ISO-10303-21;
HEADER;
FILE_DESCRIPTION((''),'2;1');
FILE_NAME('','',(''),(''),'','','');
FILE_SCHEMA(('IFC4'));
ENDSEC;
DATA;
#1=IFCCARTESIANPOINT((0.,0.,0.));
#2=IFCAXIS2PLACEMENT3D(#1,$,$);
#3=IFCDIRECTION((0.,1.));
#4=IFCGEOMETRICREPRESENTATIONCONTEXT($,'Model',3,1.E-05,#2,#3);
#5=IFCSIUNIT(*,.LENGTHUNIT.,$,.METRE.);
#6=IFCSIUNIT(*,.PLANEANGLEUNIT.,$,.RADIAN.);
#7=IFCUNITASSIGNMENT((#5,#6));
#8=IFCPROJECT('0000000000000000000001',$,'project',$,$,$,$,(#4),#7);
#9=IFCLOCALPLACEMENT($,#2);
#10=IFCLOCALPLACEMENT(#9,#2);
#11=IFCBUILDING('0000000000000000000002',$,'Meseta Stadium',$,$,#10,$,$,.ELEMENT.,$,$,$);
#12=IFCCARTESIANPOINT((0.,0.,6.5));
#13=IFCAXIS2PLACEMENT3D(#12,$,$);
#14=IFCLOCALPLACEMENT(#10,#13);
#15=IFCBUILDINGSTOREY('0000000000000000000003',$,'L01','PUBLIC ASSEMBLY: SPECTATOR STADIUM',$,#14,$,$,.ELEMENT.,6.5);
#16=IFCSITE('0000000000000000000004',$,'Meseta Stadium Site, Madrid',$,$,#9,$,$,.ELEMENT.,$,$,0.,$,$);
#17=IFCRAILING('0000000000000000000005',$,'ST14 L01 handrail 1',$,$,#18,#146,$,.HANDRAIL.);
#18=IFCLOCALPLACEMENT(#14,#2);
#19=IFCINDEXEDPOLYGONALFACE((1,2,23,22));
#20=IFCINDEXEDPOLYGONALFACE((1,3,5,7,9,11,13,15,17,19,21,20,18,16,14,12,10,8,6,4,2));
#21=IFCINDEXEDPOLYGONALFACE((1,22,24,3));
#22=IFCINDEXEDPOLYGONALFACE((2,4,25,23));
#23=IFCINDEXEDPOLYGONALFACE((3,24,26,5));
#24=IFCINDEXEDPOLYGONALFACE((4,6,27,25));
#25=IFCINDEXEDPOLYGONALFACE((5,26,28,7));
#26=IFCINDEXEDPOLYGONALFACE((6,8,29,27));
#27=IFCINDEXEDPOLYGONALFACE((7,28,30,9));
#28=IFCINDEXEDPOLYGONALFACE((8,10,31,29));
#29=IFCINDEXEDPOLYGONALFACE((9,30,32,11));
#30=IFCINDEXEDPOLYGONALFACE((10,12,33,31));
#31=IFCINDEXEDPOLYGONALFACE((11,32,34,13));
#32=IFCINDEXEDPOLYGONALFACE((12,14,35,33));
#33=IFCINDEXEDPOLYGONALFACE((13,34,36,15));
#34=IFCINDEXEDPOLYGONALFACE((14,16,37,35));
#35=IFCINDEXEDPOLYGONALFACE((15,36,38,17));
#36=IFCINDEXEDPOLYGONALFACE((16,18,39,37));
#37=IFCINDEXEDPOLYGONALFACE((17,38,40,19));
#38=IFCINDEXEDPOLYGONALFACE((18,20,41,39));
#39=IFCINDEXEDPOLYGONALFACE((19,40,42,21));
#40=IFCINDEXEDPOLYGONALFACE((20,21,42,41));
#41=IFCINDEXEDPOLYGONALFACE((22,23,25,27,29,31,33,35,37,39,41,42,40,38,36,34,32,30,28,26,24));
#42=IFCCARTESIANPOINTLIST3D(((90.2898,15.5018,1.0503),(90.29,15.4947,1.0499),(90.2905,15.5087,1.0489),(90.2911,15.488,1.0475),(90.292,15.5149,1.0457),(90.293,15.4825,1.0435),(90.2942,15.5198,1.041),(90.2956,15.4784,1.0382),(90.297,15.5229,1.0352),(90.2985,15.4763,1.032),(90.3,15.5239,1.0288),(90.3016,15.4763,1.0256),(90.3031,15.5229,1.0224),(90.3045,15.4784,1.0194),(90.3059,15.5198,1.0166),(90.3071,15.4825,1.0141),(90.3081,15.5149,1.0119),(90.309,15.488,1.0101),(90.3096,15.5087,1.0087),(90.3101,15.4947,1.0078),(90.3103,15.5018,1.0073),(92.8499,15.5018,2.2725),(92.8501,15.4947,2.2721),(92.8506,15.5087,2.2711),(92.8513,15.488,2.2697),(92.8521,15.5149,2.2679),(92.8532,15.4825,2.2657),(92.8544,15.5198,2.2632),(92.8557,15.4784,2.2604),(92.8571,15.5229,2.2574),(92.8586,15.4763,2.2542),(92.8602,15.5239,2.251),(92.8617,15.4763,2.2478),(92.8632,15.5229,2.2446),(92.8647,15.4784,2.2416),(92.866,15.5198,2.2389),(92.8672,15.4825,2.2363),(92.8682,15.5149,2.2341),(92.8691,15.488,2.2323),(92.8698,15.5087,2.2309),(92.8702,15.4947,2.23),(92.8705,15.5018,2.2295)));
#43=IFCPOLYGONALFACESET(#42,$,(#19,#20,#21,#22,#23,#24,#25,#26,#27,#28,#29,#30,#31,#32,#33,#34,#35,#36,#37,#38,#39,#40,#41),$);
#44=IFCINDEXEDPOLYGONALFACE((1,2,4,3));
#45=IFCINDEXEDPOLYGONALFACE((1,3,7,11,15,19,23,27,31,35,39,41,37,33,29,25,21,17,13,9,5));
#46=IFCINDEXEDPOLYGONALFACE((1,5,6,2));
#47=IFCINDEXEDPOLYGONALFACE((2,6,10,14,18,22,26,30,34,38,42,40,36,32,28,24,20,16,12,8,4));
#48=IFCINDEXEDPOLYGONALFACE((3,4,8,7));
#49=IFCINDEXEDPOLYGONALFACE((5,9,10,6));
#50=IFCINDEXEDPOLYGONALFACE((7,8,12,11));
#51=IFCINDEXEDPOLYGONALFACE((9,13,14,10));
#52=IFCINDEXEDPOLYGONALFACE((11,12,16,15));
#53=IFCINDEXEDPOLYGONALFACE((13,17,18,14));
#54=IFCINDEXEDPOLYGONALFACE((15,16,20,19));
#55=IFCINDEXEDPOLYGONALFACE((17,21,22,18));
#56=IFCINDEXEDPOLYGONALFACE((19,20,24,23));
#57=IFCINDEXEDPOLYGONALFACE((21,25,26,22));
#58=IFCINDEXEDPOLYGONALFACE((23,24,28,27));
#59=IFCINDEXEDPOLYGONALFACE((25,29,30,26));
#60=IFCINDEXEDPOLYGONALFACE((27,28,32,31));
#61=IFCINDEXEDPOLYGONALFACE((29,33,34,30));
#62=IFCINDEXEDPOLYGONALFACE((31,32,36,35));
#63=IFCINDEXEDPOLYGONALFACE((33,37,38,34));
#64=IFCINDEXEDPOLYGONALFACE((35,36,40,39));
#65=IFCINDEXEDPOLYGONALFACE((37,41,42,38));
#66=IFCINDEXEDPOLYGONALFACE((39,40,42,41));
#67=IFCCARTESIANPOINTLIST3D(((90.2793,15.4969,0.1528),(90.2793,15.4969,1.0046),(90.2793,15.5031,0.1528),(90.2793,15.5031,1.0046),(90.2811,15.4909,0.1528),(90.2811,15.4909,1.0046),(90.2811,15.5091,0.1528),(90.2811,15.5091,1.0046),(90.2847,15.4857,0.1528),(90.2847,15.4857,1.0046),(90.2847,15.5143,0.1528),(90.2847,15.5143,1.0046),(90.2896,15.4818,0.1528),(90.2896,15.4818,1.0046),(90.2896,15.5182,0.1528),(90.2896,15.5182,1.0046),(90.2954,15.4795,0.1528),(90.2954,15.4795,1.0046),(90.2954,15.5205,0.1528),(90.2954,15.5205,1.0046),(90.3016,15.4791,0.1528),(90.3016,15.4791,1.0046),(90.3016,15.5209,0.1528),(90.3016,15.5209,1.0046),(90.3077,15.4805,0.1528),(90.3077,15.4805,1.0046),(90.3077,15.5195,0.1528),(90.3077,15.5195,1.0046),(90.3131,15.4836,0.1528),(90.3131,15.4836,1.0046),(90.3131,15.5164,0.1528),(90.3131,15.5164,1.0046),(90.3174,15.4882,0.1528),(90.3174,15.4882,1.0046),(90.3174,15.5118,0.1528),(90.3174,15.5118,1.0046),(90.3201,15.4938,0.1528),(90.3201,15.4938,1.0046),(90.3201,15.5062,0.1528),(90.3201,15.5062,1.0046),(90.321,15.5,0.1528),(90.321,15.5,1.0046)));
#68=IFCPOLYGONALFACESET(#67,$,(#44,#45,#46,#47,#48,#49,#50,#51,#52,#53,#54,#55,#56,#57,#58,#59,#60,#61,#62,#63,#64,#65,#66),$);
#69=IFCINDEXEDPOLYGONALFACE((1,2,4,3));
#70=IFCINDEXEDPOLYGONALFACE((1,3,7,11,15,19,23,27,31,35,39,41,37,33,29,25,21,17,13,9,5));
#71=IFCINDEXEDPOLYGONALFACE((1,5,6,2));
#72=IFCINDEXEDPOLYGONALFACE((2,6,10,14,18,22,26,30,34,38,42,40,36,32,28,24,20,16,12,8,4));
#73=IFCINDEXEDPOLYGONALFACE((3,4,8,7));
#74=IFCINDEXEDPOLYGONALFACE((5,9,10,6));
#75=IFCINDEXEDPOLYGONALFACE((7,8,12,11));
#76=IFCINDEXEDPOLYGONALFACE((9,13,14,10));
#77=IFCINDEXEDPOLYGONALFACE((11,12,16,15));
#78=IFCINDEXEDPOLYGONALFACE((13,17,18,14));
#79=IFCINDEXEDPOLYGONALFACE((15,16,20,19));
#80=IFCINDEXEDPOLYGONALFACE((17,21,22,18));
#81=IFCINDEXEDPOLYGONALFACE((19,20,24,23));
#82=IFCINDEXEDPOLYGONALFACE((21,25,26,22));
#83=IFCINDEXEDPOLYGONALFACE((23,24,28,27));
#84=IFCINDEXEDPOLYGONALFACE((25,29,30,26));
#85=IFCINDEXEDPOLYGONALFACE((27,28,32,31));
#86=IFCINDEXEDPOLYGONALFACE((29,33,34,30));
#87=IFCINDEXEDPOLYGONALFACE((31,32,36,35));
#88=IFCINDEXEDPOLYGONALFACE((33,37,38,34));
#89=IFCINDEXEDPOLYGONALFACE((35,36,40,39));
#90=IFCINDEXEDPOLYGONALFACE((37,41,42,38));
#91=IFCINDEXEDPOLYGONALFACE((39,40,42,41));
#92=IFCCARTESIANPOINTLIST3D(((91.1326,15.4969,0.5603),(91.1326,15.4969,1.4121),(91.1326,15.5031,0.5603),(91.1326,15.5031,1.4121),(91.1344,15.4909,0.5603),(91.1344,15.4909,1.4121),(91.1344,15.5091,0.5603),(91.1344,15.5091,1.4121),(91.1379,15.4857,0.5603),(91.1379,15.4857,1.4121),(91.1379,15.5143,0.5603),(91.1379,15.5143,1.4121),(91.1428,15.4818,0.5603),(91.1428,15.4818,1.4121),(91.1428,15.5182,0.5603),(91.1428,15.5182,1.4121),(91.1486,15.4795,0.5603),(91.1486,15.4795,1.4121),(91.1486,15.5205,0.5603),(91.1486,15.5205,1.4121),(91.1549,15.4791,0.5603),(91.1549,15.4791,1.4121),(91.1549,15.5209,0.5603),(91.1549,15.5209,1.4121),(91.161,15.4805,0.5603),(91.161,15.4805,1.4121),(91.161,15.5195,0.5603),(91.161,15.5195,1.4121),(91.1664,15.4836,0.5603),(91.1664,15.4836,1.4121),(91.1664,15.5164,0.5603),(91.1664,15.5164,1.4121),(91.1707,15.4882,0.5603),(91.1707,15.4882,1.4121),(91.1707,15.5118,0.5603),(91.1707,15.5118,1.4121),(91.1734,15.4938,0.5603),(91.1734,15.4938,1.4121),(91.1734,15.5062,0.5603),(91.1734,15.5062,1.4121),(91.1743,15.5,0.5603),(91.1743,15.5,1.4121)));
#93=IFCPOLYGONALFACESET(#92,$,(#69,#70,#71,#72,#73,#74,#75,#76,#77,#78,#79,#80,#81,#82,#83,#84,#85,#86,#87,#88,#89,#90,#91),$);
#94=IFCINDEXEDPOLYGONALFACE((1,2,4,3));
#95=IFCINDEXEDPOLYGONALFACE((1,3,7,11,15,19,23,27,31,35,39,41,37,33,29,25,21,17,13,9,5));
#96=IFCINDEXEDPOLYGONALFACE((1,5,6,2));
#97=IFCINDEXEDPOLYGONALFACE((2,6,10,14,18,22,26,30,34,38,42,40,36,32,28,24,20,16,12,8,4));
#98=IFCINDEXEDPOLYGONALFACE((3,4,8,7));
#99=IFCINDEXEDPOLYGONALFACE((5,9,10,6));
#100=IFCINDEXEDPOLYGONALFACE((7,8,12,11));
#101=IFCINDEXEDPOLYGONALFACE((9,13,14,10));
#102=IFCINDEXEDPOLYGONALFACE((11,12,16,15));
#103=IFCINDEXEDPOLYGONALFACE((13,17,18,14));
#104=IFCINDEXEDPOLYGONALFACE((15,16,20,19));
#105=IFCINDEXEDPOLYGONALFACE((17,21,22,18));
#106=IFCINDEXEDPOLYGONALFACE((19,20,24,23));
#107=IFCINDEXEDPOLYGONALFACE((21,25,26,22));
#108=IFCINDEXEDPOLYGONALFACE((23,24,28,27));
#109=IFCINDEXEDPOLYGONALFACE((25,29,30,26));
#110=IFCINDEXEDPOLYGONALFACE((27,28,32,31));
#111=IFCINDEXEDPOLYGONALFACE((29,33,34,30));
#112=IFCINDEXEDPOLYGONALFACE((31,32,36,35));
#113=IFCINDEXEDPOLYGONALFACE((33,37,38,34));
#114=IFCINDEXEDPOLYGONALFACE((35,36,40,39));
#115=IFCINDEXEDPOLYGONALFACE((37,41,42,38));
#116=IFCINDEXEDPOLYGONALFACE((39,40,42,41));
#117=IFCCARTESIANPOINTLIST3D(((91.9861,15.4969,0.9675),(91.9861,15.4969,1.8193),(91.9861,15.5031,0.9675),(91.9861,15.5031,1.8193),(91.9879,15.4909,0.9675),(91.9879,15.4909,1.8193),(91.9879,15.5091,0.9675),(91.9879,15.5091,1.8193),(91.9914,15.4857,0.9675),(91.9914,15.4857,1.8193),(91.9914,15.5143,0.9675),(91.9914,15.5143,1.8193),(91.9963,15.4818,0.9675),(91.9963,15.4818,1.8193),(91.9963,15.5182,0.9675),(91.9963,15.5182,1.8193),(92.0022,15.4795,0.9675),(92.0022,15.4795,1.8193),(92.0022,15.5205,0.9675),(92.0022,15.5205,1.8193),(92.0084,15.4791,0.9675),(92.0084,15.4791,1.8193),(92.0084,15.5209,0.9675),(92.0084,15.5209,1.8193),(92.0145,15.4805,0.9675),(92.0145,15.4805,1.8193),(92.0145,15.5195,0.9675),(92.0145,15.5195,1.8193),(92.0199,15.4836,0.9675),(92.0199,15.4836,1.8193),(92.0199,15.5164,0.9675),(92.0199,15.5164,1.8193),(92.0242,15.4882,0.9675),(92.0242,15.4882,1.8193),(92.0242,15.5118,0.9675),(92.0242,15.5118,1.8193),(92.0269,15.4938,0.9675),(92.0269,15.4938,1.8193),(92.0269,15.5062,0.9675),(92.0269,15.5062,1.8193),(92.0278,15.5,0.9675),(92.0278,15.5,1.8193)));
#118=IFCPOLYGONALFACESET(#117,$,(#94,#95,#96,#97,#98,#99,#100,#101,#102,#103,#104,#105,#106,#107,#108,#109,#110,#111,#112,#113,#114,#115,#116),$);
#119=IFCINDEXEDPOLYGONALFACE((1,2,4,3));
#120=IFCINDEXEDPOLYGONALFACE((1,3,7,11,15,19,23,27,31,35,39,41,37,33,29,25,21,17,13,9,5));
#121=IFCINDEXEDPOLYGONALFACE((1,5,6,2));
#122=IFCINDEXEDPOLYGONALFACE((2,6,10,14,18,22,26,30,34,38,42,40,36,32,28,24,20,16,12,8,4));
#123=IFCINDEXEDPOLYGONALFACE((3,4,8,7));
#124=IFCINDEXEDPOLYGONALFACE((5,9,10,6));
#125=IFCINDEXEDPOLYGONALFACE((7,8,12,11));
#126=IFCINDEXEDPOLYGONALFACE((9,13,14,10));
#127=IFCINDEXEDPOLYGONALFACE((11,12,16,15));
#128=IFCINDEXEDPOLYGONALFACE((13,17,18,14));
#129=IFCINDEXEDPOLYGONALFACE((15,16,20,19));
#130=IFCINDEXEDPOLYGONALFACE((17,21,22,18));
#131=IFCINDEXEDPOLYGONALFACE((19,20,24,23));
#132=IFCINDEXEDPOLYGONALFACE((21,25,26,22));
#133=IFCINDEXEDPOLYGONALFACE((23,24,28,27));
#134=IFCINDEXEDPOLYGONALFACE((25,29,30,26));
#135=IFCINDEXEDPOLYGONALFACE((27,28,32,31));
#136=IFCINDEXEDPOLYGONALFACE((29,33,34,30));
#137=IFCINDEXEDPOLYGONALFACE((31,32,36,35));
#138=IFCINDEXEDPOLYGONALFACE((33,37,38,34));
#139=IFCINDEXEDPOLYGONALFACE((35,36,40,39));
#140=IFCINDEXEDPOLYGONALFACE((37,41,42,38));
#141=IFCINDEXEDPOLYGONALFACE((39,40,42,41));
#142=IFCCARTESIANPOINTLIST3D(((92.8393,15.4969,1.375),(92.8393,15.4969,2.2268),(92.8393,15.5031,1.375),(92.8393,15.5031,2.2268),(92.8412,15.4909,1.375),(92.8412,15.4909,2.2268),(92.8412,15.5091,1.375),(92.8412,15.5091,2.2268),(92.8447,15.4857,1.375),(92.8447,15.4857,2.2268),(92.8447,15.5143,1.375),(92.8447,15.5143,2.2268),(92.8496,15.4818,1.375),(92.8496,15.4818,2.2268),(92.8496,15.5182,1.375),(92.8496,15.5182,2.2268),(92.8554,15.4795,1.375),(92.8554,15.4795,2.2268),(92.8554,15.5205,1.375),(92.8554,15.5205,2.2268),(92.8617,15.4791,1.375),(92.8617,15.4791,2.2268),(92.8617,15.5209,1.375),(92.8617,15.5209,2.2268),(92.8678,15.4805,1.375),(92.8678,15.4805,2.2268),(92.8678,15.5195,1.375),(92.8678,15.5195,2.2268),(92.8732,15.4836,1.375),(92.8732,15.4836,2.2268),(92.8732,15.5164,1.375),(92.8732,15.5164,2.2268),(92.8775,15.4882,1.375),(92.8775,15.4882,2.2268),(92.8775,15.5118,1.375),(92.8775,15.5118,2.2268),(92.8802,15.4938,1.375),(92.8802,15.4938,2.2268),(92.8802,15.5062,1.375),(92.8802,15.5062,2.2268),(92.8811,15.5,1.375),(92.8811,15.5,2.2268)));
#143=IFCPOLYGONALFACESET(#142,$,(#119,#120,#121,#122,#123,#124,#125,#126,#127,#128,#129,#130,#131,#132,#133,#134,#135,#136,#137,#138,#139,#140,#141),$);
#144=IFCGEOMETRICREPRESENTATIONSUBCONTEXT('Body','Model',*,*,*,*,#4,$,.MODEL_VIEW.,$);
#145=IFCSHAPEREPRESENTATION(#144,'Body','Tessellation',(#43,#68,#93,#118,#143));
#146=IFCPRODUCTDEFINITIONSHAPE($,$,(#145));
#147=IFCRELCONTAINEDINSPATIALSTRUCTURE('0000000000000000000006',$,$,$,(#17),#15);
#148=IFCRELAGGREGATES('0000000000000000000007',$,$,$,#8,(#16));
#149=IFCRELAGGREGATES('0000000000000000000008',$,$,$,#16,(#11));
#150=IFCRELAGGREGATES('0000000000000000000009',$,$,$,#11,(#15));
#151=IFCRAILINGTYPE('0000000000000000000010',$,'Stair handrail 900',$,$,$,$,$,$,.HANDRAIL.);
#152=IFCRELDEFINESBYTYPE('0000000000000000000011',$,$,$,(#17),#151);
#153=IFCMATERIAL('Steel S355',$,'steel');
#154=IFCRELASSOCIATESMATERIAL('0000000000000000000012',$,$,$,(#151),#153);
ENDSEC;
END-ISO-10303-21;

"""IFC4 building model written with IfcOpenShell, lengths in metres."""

from ifc_helpers import new_model, si_unit, direction, frame, origin, origin_2d, place, context, subcontext, project, spatial, circle, extrude, material, type_object, element, save


model = new_model("IFC4")

# Units and contexts
model_context = context("Model", 3, precision=1e-05, world=origin(), true_north=direction((0.0, 1.0)))
body_context = subcontext(model_context, "Body", "Model", "MODEL_VIEW")
ifc_project = project(units=[si_unit("LENGTHUNIT", "METRE"), si_unit("PLANEANGLEUNIT", "RADIAN")], contexts=[model_context])

# Site, building, storey
site_placement = place(None, origin())
site = spatial("IfcSite", under=ifc_project, at=site_placement, Name="Meseta Stadium Site, Madrid", CompositionType="ELEMENT", RefElevation=0.0)
building_placement = place(site_placement, origin())
building = spatial("IfcBuilding", under=site, at=building_placement, Name="Meseta Stadium", CompositionType="ELEMENT")
storey_placement = place(building_placement, frame((0.0, 0.0, 6.5)))
storey = spatial("IfcBuildingStorey", under=building, at=storey_placement, Name="L01", Description="PUBLIC ASSEMBLY: SPECTATOR STADIUM", CompositionType="ELEMENT", Elevation=6.5)

# Railing
ifc_material_1 = material(Name="Steel S355", Category="steel")
railing_type_1 = type_object("IfcRailingType", Name="Stair handrail 900", PredefinedType="HANDRAIL", material=ifc_material_1)
for number, where, name in (
    (1, (90.3, 15.5, 0.1528), "ST14 L01 handrail 1"),
):
    element("IfcRailing", number, at=place(storey_placement, frame(where)), inside=storey, type_object=railing_type_1, Name=name, PredefinedType="HANDRAIL", context=body_context, shape_type="SweptSolid", body=[
        extrude(circle(Radius=0.0239, at=origin_2d()), frame((0.0, 0.0, 0.876), z_axis=(0.902437, 0.0, 0.430822), x_axis=(0.0, 1.0, 0.0)), (0.0, 0.0, 1.0), 2.8369),
        extrude(circle(Radius=0.021, at=origin_2d()), origin(), (0.0, 0.0, 1.0), 0.8518),
        extrude(circle(Radius=0.021, at=origin_2d()), frame((0.8533, 0.0, 0.4075)), (0.0, 0.0, 1.0), 0.8518),
        extrude(circle(Radius=0.021, at=origin_2d()), frame((1.7068, 0.0, 0.8147)), (0.0, 0.0, 1.0), 0.8518),
        extrude(circle(Radius=0.021, at=origin_2d()), frame((2.5601, 0.0, 1.2222)), (0.0, 0.0, 1.0), 0.8518),
    ])

save(model, "model.ifc")
